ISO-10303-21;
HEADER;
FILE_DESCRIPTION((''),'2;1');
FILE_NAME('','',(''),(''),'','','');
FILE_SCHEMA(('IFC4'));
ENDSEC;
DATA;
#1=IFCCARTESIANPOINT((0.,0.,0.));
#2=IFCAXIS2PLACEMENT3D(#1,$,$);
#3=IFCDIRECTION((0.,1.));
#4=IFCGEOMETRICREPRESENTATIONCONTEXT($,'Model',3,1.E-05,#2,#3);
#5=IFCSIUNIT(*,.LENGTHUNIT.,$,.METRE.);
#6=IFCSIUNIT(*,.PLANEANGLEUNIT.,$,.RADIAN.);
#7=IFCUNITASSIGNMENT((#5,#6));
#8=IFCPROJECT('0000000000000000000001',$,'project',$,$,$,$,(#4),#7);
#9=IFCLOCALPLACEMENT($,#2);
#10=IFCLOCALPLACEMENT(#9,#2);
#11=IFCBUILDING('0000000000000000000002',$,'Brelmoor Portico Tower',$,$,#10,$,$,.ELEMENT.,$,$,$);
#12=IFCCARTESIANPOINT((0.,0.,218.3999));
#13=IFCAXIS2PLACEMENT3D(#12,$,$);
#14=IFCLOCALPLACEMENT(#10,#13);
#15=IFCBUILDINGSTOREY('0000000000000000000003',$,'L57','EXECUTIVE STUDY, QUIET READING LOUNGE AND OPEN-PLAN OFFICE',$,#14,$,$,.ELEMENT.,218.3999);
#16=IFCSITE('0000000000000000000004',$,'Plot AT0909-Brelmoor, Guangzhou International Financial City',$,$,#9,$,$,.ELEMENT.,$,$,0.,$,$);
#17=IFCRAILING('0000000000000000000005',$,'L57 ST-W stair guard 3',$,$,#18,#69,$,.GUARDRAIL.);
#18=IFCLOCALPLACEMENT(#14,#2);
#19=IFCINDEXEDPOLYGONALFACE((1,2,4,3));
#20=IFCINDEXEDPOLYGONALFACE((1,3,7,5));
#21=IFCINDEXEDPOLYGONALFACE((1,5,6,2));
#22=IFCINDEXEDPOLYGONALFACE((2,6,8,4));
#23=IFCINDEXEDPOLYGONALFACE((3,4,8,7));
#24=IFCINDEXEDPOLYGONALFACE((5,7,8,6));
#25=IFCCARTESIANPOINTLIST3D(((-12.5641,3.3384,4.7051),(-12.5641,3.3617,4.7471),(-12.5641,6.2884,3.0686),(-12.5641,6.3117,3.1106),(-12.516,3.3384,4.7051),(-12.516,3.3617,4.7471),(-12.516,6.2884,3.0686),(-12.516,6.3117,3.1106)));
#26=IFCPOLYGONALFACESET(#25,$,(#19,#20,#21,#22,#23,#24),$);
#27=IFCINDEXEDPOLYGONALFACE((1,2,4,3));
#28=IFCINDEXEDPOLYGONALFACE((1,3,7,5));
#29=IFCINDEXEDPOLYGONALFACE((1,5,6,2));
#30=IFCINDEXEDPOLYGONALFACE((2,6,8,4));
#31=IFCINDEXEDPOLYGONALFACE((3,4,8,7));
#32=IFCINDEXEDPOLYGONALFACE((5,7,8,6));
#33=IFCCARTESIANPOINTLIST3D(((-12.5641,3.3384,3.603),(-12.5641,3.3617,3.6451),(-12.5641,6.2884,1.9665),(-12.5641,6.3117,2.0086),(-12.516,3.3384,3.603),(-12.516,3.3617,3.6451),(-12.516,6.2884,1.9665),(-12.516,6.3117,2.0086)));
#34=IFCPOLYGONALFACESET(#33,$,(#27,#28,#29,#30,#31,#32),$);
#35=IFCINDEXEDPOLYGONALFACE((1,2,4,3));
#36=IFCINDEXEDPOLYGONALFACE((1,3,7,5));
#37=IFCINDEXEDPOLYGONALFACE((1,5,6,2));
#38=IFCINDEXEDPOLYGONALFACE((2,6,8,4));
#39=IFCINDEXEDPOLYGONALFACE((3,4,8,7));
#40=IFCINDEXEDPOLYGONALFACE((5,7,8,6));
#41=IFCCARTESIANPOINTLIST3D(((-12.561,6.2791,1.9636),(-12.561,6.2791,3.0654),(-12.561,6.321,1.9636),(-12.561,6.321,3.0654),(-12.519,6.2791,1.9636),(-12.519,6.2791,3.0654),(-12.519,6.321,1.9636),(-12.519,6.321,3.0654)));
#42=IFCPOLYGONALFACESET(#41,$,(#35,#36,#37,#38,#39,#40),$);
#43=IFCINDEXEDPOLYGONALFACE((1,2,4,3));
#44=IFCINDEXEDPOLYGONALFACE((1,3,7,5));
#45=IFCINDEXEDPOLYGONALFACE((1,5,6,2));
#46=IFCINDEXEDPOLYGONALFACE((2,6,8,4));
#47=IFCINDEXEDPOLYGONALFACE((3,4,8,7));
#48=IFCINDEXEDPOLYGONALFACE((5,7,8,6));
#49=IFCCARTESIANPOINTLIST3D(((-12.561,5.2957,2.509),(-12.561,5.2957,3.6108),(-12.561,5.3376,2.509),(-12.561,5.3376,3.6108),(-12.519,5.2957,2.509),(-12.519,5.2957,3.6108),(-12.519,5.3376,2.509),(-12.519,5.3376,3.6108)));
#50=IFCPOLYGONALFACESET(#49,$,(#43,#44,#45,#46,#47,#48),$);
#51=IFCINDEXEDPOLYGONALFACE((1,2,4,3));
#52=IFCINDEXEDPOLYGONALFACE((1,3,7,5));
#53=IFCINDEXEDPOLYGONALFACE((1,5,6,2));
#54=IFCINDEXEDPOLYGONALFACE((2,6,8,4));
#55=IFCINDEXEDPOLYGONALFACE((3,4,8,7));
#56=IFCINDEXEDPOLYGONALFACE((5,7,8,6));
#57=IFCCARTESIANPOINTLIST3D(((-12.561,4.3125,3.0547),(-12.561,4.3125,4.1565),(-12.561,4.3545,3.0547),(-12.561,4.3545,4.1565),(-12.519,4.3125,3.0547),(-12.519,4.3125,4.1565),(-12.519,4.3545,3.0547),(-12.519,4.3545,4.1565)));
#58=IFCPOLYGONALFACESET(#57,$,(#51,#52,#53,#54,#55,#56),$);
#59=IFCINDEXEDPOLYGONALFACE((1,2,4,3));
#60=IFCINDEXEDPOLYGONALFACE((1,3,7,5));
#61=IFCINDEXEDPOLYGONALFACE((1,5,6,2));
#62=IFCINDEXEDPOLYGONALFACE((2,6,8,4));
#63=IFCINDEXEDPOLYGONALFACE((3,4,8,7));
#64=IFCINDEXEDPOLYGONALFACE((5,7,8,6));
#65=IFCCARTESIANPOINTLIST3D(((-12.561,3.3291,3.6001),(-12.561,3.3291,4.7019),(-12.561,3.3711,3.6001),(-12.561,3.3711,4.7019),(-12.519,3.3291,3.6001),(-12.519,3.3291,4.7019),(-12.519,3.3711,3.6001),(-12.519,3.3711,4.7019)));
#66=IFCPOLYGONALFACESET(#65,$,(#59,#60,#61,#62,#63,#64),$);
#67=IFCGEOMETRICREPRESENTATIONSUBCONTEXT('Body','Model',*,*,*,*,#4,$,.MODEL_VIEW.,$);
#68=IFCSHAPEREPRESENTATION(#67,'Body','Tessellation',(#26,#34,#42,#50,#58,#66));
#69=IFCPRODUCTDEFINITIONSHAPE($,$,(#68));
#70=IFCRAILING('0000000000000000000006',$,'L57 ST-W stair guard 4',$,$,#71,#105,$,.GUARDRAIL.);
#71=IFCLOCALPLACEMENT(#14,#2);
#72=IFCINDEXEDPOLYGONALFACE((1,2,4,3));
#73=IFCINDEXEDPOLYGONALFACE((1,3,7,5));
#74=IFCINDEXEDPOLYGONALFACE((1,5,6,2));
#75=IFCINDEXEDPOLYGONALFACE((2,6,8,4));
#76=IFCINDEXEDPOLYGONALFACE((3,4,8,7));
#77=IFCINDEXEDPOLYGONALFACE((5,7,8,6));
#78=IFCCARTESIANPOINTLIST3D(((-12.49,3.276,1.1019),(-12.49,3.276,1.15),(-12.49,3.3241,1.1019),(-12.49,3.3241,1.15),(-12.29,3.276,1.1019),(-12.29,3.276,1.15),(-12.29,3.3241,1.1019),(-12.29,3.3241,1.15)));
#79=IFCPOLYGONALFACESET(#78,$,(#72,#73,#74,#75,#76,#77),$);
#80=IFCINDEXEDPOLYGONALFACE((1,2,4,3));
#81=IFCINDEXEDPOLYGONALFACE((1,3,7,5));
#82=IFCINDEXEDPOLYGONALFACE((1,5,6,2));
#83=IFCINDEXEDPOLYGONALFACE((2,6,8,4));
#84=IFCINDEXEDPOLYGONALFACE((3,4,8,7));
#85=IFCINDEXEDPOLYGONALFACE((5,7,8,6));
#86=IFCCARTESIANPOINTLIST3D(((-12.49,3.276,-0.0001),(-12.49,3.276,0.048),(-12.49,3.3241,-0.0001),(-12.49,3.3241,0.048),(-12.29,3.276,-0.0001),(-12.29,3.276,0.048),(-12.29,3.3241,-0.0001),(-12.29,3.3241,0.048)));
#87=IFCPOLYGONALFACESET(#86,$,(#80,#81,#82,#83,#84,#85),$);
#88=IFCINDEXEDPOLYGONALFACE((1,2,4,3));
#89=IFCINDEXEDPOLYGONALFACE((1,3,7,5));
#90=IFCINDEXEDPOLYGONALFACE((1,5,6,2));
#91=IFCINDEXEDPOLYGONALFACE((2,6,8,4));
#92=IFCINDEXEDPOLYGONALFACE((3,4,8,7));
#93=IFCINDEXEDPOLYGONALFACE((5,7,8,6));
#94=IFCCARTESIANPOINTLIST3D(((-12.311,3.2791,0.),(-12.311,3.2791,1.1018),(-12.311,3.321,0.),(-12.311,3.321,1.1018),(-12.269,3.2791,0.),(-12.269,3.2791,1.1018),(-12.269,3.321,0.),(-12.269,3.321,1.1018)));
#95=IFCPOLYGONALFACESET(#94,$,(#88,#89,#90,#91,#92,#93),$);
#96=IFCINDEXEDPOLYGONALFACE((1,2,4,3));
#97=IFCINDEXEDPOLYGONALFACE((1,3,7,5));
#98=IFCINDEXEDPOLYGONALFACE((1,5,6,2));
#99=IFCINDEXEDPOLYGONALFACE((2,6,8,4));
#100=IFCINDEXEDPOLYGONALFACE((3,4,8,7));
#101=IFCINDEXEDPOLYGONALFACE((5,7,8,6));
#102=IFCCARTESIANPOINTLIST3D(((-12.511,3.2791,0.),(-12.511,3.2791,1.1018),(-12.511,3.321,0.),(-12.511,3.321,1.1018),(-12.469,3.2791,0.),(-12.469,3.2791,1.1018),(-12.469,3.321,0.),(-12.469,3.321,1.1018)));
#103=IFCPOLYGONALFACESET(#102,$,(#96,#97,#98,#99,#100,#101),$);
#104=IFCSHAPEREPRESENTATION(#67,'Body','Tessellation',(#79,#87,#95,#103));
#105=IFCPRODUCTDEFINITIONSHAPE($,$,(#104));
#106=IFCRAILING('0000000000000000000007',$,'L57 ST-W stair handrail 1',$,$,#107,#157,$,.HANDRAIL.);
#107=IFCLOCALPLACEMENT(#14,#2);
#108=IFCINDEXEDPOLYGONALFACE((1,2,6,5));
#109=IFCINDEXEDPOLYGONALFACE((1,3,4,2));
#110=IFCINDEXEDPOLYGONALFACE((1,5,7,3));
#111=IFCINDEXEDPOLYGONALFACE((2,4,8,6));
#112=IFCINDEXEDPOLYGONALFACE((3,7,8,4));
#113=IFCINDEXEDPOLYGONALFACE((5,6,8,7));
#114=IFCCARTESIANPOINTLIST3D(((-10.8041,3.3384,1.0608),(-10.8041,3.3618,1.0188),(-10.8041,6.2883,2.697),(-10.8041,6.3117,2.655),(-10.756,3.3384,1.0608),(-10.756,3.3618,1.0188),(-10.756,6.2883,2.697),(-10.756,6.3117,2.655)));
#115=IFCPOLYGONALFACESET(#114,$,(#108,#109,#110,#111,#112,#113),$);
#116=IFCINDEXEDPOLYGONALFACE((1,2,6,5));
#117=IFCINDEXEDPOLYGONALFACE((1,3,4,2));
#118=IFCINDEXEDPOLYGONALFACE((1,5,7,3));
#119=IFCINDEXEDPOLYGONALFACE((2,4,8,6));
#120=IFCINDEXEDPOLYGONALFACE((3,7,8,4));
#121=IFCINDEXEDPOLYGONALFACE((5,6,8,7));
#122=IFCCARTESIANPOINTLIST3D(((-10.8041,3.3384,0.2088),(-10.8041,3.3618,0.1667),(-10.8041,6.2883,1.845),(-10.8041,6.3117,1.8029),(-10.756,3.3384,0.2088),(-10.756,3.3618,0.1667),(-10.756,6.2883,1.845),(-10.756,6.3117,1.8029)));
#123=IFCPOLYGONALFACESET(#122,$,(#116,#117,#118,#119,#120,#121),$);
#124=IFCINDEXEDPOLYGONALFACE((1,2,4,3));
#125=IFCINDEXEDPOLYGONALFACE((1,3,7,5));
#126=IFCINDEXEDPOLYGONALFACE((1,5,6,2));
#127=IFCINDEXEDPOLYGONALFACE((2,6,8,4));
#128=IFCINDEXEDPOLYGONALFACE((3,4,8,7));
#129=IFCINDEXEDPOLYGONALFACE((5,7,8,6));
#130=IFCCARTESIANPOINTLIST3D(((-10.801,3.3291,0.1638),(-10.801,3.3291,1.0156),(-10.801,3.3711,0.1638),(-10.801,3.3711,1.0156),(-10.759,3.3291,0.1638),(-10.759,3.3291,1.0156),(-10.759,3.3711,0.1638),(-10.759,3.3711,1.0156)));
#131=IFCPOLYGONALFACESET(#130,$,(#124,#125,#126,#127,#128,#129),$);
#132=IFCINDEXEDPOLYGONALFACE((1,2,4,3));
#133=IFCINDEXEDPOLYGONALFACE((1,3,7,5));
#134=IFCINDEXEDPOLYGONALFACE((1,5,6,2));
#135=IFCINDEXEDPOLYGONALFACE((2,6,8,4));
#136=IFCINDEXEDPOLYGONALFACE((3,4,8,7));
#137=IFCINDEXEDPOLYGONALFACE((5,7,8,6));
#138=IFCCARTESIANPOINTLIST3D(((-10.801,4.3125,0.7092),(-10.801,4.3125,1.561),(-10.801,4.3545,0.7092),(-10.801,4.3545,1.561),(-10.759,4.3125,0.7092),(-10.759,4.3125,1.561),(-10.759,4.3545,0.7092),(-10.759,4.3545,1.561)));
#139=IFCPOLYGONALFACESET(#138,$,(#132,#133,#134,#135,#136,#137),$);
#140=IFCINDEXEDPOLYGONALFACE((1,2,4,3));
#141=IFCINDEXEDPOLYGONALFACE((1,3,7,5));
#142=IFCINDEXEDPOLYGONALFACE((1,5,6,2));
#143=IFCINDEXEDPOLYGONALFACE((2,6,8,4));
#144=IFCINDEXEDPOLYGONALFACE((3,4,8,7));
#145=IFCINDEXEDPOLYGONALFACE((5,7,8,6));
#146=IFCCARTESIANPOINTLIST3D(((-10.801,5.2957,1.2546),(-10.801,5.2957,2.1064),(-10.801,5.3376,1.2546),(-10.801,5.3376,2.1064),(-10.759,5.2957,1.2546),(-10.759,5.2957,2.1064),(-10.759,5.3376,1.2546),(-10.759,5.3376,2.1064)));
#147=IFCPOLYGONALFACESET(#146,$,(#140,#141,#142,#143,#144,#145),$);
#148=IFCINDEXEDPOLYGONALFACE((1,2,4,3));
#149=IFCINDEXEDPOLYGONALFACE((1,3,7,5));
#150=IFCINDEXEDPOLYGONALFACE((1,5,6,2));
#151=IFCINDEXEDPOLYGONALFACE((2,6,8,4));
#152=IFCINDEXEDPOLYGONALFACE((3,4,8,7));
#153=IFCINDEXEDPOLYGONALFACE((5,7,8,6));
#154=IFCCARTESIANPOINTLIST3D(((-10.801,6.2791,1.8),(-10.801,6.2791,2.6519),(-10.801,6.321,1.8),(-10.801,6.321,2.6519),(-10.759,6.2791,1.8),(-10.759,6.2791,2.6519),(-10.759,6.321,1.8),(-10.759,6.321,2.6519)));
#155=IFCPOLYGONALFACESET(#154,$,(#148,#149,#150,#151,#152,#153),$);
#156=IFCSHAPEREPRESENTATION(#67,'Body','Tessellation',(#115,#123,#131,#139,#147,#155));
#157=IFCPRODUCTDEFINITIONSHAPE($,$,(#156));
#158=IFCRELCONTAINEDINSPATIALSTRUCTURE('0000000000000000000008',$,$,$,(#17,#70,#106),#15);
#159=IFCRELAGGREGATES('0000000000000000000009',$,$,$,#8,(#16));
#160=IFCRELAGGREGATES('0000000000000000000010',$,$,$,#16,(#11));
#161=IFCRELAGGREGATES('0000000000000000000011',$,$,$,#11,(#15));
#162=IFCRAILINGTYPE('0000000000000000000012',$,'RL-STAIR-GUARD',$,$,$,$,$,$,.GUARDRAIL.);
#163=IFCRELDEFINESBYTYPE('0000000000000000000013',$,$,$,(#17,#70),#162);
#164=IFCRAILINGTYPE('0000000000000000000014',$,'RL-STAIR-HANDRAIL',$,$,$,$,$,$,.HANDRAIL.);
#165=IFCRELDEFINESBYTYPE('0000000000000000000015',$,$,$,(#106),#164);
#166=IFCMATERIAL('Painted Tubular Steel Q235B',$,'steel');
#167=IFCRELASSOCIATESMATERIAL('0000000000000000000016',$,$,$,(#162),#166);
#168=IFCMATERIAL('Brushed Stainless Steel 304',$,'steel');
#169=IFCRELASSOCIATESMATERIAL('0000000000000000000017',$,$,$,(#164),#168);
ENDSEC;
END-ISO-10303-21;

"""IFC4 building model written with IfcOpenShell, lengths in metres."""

from ifc_helpers import new_model, si_unit, direction, frame, origin, origin_2d, place, context, subcontext, project, spatial, rectangle, extrude, material, type_object, element, save


model = new_model("IFC4")

# Units and contexts
model_context = context("Model", 3, precision=1e-05, world=origin(), true_north=direction((0.0, 1.0)))
body_context = subcontext(model_context, "Body", "Model", "MODEL_VIEW")
ifc_project = project(units=[si_unit("LENGTHUNIT", "METRE"), si_unit("PLANEANGLEUNIT", "RADIAN")], contexts=[model_context])

# Site, building, storey
site_placement = place(None, origin())
site = spatial("IfcSite", under=ifc_project, at=site_placement, Name="Plot AT0909-Brelmoor, Guangzhou International Financial City", CompositionType="ELEMENT", RefElevation=0.0)
building_placement = place(site_placement, origin())
building = spatial("IfcBuilding", under=site, at=building_placement, Name="Brelmoor Portico Tower", CompositionType="ELEMENT")
storey_placement = place(building_placement, frame((0.0, 0.0, 218.3999)))
storey = spatial("IfcBuildingStorey", under=building, at=storey_placement, Name="L57", Description="EXECUTIVE STUDY, QUIET READING LOUNGE AND OPEN-PLAN OFFICE", CompositionType="ELEMENT", Elevation=218.3999)

# Railings
ifc_material_1 = material(Name="Painted Tubular Steel Q235B", Category="steel")
railing_type_1 = type_object("IfcRailingType", Name="RL-STAIR-GUARD", PredefinedType="GUARDRAIL", material=ifc_material_1)
railing_1_placement = place(storey_placement, frame((-12.54, 6.3, 1.9636)))
element("IfcRailing", 1, at=railing_1_placement, inside=storey, type_object=railing_type_1, Name="L57 ST-W stair guard 3", PredefinedType="GUARDRAIL", context=body_context, shape_type="SweptSolid", body=[
    extrude(rectangle(XDim=0.0481, YDim=0.0481, at=origin_2d()), frame((0.0, 0.0, 1.126), z_axis=(0.0, -0.874458, 0.485102), x_axis=(1.0, 0.0, 0.0)), (0.0, 0.0, 1.0), 3.3735),
    extrude(rectangle(XDim=0.0481, YDim=0.0481, at=origin_2d()), frame((0.0, 0.0, 0.0239), z_axis=(0.0, -0.874458, 0.485102), x_axis=(1.0, 0.0, 0.0)), (0.0, 0.0, 1.0), 3.3735),
    extrude(rectangle(XDim=0.042, YDim=0.042, at=origin_2d()), origin(), (0.0, 0.0, 1.0), 1.1018),
    extrude(rectangle(XDim=0.042, YDim=0.042, at=origin_2d()), frame((0.0, -0.9834, 0.5454)), (0.0, 0.0, 1.0), 1.1018),
    extrude(rectangle(XDim=0.042, YDim=0.042, at=origin_2d()), frame((0.0, -1.9666, 1.0911)), (0.0, 0.0, 1.0), 1.1018),
    extrude(rectangle(XDim=0.042, YDim=0.042, at=origin_2d()), frame((0.0, -2.95, 1.6365)), (0.0, 0.0, 1.0), 1.1018),
])
railing_2_placement = place(storey_placement, frame((-12.29, 3.3, 0.0)))
element("IfcRailing", 2, at=railing_2_placement, inside=storey, type_object=railing_type_1, Name="L57 ST-W stair guard 4", PredefinedType="GUARDRAIL", context=body_context, shape_type="SweptSolid", body=[
    extrude(rectangle(XDim=0.0481, YDim=0.0481, at=origin_2d()), frame((0.0, 0.0, 1.126), z_axis=(-1.0, 0.0, 0.0), x_axis=(0.0, -1.0, 0.0)), (0.0, 0.0, 1.0), 0.2),
    extrude(rectangle(XDim=0.0481, YDim=0.0481, at=origin_2d()), frame((0.0, 0.0, 0.0239), z_axis=(-1.0, 0.0, 0.0), x_axis=(0.0, -1.0, 0.0)), (0.0, 0.0, 1.0), 0.2),
    extrude(rectangle(XDim=0.042, YDim=0.042, at=origin_2d()), origin(), (0.0, 0.0, 1.0), 1.1018),
    extrude(rectangle(XDim=0.042, YDim=0.042, at=origin_2d()), frame((-0.2, 0.0, 0.0)), (0.0, 0.0, 1.0), 1.1018),
])
ifc_material_2 = material(Name="Brushed Stainless Steel 304", Category="steel")
railing_type_2 = type_object("IfcRailingType", Name="RL-STAIR-HANDRAIL", PredefinedType="HANDRAIL", material=ifc_material_2)
railing_3_placement = place(storey_placement, frame((-10.78, 3.3501, 0.1638)))
element("IfcRailing", 3, at=railing_3_placement, inside=storey, type_object=railing_type_2, Name="L57 ST-W stair handrail 1", PredefinedType="HANDRAIL", context=body_context, shape_type="SweptSolid", body=[
    extrude(rectangle(XDim=0.0481, YDim=0.0481, at=origin_2d()), frame((0.0, 0.0, 0.876), z_axis=(0.0, 0.874488, 0.485047), x_axis=(-1.0, 0.0, 0.0)), (0.0, 0.0, 1.0), 3.3733),
    extrude(rectangle(XDim=0.0481, YDim=0.0481, at=origin_2d()), frame((0.0, 0.0, 0.0239), z_axis=(0.0, 0.874488, 0.485047), x_axis=(-1.0, 0.0, 0.0)), (0.0, 0.0, 1.0), 3.3733),
    extrude(rectangle(XDim=0.042, YDim=0.042, at=origin_2d()), origin(), (0.0, 0.0, 1.0), 0.8518),
    extrude(rectangle(XDim=0.042, YDim=0.042, at=origin_2d()), frame((0.0, 0.9834, 0.5454)), (0.0, 0.0, 1.0), 0.8518),
    extrude(rectangle(XDim=0.042, YDim=0.042, at=origin_2d()), frame((0.0, 1.9666, 1.0908)), (0.0, 0.0, 1.0), 0.8518),
    extrude(rectangle(XDim=0.042, YDim=0.042, at=origin_2d()), frame((0.0, 2.95, 1.6362)), (0.0, 0.0, 1.0), 0.8518),
])

save(model, "model.ifc")
